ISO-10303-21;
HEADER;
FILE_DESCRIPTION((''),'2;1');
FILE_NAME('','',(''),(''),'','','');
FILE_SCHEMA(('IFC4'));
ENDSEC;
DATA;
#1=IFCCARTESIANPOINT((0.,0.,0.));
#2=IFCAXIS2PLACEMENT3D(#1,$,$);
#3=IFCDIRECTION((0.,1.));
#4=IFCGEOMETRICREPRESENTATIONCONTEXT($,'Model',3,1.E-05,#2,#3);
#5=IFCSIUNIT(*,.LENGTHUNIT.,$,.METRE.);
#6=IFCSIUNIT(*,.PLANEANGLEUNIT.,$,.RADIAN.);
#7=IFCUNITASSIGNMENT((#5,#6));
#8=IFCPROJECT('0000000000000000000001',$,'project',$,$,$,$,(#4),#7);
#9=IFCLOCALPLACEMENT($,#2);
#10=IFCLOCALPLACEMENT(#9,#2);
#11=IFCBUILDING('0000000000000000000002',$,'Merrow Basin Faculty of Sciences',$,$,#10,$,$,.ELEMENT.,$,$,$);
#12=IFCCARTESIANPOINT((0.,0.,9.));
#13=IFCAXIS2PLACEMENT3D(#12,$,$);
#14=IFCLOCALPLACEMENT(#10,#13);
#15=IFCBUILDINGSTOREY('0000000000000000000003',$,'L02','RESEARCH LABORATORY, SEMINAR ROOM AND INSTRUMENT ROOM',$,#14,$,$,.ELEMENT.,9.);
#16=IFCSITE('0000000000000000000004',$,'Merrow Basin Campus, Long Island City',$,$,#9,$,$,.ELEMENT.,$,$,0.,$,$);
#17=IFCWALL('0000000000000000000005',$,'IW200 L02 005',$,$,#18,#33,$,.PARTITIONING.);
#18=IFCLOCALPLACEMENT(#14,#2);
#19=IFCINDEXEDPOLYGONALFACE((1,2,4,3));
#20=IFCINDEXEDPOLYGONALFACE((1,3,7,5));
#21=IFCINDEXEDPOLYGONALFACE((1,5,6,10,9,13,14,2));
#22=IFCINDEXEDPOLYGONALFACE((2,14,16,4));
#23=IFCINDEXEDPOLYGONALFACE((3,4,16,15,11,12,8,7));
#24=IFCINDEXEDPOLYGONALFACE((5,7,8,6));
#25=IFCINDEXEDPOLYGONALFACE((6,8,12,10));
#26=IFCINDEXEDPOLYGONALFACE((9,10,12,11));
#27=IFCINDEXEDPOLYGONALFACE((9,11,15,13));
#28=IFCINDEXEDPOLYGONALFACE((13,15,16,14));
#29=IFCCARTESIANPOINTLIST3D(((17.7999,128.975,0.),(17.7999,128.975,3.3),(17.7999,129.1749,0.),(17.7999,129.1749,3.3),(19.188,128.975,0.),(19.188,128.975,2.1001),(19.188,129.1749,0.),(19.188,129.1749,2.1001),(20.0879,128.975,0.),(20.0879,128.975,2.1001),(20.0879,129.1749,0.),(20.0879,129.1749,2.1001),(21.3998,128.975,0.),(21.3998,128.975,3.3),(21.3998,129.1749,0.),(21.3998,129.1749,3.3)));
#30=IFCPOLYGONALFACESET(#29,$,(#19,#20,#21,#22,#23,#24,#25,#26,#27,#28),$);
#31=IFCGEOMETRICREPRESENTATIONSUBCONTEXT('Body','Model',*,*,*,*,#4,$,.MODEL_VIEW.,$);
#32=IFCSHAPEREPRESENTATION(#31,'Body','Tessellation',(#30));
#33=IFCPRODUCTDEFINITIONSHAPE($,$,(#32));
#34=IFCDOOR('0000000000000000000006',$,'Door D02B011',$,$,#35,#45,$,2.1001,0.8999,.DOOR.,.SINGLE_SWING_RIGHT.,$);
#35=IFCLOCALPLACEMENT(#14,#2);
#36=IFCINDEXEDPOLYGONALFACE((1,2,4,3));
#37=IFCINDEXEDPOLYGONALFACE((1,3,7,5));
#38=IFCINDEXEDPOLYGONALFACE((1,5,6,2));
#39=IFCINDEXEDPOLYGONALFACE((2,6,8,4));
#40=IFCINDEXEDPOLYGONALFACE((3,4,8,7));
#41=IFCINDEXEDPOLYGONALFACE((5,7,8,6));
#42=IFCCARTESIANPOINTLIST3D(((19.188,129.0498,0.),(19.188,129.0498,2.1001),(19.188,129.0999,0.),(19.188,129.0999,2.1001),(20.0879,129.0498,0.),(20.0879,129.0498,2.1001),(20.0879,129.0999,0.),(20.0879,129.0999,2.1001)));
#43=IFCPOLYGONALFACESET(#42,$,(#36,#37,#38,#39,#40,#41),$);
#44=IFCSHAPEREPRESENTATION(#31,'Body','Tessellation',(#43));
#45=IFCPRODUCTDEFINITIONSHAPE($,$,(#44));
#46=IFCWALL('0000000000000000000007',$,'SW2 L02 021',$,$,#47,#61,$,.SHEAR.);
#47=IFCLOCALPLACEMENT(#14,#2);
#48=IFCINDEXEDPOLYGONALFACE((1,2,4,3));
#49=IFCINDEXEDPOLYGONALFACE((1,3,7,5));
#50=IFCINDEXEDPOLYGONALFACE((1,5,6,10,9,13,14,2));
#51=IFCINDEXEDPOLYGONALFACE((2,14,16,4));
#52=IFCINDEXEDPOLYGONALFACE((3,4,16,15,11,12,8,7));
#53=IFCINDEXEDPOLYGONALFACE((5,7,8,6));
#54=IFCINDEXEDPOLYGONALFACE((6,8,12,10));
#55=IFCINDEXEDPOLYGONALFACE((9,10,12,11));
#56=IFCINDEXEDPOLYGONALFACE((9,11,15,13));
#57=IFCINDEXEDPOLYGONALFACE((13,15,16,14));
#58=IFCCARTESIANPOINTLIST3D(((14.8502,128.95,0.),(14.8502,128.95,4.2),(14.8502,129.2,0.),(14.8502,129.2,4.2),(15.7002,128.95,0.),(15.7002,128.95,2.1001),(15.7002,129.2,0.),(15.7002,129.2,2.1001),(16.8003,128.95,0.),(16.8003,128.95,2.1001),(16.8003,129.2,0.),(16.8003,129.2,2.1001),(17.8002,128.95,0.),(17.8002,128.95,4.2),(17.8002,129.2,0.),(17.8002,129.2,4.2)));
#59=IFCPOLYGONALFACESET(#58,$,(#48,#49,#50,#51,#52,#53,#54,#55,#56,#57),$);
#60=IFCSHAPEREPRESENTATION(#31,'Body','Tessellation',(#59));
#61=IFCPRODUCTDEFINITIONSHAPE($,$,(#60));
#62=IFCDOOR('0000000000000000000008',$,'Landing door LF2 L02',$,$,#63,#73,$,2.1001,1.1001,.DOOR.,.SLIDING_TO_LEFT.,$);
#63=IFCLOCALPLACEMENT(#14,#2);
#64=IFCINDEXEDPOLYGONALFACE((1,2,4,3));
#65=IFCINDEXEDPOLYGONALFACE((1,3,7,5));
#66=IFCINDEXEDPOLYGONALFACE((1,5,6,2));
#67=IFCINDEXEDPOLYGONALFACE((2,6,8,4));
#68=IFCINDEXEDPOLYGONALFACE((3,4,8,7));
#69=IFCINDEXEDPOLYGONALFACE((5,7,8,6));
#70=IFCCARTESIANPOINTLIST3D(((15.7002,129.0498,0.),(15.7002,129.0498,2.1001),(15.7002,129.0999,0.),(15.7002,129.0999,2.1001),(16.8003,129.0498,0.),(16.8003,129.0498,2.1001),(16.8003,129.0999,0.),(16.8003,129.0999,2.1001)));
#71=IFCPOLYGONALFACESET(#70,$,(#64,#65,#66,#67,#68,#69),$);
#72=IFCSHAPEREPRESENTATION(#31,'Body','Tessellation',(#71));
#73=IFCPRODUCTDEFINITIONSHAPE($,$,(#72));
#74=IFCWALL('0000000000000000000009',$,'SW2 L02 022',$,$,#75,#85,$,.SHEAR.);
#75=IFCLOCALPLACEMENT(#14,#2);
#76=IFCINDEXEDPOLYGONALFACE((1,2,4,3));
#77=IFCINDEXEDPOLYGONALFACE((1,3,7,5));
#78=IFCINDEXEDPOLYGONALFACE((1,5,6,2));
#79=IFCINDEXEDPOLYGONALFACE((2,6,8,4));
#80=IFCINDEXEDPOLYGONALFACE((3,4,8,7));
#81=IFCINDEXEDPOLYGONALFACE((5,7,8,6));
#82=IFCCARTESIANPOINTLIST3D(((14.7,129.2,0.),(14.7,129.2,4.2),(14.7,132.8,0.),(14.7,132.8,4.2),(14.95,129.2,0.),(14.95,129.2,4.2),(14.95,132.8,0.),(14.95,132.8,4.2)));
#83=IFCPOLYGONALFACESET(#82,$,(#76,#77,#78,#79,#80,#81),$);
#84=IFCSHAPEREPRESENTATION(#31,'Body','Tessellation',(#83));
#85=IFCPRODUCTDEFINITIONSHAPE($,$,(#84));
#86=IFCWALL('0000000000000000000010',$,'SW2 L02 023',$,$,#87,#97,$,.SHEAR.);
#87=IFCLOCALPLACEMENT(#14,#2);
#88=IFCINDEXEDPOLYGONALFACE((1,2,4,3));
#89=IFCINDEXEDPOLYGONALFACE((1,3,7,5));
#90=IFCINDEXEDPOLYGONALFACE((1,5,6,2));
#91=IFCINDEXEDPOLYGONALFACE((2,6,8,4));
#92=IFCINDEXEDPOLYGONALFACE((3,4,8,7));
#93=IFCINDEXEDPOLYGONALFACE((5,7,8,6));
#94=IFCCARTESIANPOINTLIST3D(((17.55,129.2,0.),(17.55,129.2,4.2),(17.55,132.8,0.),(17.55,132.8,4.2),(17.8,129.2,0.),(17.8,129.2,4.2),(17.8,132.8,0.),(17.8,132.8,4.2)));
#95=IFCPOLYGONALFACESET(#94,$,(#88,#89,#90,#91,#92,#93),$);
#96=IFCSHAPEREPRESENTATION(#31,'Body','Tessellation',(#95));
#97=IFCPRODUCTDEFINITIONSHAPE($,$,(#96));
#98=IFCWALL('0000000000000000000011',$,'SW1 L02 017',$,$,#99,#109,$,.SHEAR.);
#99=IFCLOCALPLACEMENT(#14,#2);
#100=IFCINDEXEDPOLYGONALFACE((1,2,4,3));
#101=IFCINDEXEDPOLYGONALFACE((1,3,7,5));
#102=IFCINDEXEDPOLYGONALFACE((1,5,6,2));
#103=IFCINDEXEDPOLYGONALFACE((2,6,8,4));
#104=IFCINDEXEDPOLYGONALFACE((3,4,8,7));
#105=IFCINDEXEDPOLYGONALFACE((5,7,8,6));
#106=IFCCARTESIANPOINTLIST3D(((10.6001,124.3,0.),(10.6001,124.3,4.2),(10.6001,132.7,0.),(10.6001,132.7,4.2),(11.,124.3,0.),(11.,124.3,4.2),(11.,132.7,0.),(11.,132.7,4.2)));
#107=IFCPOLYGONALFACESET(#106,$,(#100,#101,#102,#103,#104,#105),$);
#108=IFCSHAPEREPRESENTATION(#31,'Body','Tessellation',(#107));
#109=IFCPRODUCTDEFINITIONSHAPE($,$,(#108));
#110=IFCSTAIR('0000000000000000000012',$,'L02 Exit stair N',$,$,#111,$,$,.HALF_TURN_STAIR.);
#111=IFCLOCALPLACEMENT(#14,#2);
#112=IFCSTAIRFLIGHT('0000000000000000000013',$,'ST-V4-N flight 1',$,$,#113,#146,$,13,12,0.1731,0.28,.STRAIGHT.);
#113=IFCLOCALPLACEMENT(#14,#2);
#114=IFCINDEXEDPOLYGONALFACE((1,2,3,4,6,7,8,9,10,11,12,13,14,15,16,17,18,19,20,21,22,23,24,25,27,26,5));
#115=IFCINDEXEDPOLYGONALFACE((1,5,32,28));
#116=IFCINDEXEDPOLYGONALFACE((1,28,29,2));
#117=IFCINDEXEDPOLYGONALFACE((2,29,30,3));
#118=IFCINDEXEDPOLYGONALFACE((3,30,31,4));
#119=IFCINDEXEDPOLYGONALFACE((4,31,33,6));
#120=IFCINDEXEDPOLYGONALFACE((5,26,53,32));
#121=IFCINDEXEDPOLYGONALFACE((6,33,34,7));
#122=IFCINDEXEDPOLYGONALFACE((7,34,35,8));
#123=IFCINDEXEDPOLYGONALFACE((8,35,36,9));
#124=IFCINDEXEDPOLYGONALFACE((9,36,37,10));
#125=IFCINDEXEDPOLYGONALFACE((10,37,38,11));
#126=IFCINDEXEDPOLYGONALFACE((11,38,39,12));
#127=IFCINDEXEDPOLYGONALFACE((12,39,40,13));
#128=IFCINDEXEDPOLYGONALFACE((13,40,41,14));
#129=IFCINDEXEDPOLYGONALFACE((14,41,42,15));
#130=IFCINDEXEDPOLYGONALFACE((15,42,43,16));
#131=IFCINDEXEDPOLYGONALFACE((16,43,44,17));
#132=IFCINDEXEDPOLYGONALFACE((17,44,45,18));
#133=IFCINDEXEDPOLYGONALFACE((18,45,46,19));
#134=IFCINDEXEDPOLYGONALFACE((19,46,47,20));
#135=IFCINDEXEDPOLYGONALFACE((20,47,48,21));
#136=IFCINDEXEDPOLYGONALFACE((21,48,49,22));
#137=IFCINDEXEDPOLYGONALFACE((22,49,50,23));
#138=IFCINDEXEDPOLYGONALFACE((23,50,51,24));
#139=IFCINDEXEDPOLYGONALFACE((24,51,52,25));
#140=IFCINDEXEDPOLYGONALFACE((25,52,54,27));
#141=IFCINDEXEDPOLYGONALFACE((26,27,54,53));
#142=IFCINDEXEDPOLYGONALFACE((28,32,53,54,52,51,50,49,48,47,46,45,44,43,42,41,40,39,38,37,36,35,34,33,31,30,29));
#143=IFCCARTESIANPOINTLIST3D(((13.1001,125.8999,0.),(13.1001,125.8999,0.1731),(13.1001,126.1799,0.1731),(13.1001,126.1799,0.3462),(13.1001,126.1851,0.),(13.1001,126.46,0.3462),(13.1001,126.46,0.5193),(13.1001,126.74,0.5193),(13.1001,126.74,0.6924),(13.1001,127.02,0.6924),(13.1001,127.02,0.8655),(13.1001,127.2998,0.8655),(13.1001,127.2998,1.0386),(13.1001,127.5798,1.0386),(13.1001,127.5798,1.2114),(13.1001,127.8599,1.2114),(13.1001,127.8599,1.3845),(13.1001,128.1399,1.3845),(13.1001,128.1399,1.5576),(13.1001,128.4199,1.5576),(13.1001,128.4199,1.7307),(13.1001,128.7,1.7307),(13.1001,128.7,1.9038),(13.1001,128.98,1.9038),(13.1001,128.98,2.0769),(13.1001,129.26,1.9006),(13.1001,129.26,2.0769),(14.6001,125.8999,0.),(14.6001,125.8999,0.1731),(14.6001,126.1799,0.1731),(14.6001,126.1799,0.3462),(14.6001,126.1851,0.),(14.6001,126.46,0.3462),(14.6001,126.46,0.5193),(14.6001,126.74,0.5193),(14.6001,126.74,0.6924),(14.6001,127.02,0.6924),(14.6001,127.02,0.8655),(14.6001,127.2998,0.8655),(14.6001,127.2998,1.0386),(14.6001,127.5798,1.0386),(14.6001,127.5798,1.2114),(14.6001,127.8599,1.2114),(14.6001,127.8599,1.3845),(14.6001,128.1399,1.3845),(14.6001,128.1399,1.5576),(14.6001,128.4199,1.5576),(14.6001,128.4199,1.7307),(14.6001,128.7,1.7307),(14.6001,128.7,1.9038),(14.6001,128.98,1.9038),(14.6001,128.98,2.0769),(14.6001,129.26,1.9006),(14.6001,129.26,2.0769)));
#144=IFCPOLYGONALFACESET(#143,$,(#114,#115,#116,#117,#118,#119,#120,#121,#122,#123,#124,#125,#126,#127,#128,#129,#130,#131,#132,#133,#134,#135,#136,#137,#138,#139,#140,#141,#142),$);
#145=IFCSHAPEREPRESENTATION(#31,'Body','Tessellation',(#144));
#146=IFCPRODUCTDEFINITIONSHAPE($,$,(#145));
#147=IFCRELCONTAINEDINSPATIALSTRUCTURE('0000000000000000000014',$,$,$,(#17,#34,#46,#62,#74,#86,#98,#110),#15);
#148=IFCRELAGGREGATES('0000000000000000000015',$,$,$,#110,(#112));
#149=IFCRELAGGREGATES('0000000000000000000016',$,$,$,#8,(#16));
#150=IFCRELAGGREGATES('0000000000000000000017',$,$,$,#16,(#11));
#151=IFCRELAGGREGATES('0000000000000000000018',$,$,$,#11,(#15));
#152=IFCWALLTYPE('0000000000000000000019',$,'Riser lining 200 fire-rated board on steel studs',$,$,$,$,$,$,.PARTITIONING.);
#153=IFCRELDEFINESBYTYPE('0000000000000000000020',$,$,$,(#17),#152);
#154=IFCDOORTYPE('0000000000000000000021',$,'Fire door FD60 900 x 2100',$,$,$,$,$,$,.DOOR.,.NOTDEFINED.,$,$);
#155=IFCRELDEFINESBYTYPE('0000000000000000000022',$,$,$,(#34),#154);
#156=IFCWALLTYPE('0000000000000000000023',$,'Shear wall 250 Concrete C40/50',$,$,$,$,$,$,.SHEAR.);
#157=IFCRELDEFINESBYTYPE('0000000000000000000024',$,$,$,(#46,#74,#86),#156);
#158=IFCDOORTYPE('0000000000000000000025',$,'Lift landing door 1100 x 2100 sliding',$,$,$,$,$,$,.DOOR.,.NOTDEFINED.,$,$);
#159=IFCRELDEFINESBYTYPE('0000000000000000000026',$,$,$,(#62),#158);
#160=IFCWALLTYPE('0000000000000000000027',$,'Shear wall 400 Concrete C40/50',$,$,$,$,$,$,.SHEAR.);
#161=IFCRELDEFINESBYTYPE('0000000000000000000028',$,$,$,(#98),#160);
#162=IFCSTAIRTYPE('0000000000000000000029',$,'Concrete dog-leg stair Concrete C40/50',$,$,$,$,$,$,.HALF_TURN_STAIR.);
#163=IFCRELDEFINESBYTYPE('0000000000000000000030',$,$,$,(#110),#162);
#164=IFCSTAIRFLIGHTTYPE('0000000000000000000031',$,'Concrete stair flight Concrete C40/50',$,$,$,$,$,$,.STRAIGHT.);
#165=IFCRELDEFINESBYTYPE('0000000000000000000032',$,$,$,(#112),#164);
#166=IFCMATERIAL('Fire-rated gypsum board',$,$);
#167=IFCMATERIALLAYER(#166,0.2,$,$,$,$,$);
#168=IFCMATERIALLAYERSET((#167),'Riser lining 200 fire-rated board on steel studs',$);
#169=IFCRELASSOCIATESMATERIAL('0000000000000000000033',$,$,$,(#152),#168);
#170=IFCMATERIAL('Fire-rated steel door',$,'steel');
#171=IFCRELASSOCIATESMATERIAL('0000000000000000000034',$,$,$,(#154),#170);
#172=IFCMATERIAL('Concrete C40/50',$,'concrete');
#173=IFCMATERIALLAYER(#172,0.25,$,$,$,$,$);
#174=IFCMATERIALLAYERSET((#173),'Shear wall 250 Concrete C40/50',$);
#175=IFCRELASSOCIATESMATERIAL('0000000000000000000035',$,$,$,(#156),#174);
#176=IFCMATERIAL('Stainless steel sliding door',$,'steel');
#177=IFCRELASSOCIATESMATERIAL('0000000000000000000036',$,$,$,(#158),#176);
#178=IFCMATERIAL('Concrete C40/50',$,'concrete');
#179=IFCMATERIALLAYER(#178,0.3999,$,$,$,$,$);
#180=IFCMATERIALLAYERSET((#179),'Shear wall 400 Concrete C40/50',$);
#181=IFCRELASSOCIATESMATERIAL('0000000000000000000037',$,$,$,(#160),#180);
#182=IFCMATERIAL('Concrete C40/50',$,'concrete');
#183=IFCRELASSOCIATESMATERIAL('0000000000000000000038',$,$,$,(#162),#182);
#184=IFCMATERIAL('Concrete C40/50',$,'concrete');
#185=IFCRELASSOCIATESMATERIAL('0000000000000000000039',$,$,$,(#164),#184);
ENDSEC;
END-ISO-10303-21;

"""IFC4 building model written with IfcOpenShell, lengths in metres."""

from ifc_helpers import new_model, si_unit, direction, frame, frame_2d, origin, place, context, subcontext, project, spatial, polyline, rectangle, outline, extrude, material, layer, layer_set, type_object, element, fill, aggregate, save


model = new_model("IFC4")

# Units and contexts
model_context = context("Model", 3, precision=1e-05, world=origin(), true_north=direction((0.0, 1.0)))
body_context = subcontext(model_context, "Body", "Model", "MODEL_VIEW")
ifc_project = project(units=[si_unit("LENGTHUNIT", "METRE"), si_unit("PLANEANGLEUNIT", "RADIAN")], contexts=[model_context])

# Site, building, storey
site_placement = place(None, origin())
site = spatial("IfcSite", under=ifc_project, at=site_placement, Name="Merrow Basin Campus, Long Island City", CompositionType="ELEMENT", RefElevation=0.0)
building_placement = place(site_placement, origin())
building = spatial("IfcBuilding", under=site, at=building_placement, Name="Merrow Basin Faculty of Sciences", CompositionType="ELEMENT")
storey_placement = place(building_placement, frame((0.0, 0.0, 9.0)))
storey = spatial("IfcBuildingStorey", under=building, at=storey_placement, Name="L02", Description="RESEARCH LABORATORY, SEMINAR ROOM AND INSTRUMENT ROOM", CompositionType="ELEMENT", Elevation=9.0)

# Walls, openings, doors
ifc_material_1 = material(Name="Fire-rated gypsum board")
ifc_layer_1 = layer(ifc_material_1, 0.2)
ifc_layer_set_1 = layer_set([ifc_layer_1], Name="Riser lining 200 fire-rated board on steel studs")
wall_type_1 = type_object("IfcWallType", Name="Riser lining 200 fire-rated board on steel studs", PredefinedType="PARTITIONING", material=ifc_layer_set_1)
wall_1_placement = place(storey_placement, frame((17.8, 129.075, 0.0), z_axis=(0.0, 0.0, 1.0), x_axis=(1.0, 0.0, 0.0)))
wall_1 = element("IfcWall", 1, at=wall_1_placement, inside=storey, type_object=wall_type_1, Name="IW200 L02 005", PredefinedType="PARTITIONING", context=body_context, shape_type="SweptSolid", body=[
    extrude(rectangle(XDim=3.5999, YDim=0.2, at=frame_2d((1.7998, 0.0))), origin(), (0.0, 0.0, 1.0), 3.3),
])
opening_1_placement = place(wall_1_placement, frame((1.3879, 0.0, 0.0)))
opening_1 = element("IfcOpeningElement", 2, at=opening_1_placement, cuts=wall_1, PredefinedType="OPENING", context=body_context, shape_type="SweptSolid", body=[
    extrude(rectangle(XDim=0.8999, YDim=2.1001, at=frame_2d((0.45, 1.05))), frame((0.0, 0.1099, 0.0), z_axis=(0.0, -1.0, 0.0), x_axis=(1.0, 0.0, 0.0)), (0.0, 0.0, 1.0), 0.22),
])
ifc_material_2 = material(Name="Fire-rated steel door", Category="steel")
door_type_1 = type_object("IfcDoorType", Name="Fire door FD60 900 x 2100", OperationType="NOTDEFINED", PredefinedType="DOOR", material=ifc_material_2)
door_1_placement = place(opening_1_placement, origin())
door_1 = element("IfcDoor", 3, at=door_1_placement, inside=storey, type_object=door_type_1, Name="Door D02B011", OperationType="SINGLE_SWING_RIGHT", OverallHeight=2.1001, OverallWidth=0.8999, PredefinedType="DOOR", context=body_context, shape_type="SweptSolid", body=[
    extrude(rectangle(XDim=0.8999, YDim=2.1001, at=frame_2d((0.45, 1.05))), frame((0.0, 0.0249, 0.0), z_axis=(0.0, -1.0, 0.0), x_axis=(1.0, 0.0, 0.0)), (0.0, 0.0, 1.0), 0.05),
])
fill(opening_1, door_1)
ifc_material_3 = material(Name="Concrete C40/50", Category="concrete")
ifc_layer_2 = layer(ifc_material_3, 0.25)
ifc_layer_set_2 = layer_set([ifc_layer_2], Name="Shear wall 250 Concrete C40/50")
wall_type_2 = type_object("IfcWallType", Name="Shear wall 250 Concrete C40/50", PredefinedType="SHEAR", material=ifc_layer_set_2)
wall_2_placement = place(storey_placement, frame((14.8501, 129.075, 0.0), z_axis=(0.0, 0.0, 1.0), x_axis=(1.0, 0.0, 0.0)))
wall_2 = element("IfcWall", 4, at=wall_2_placement, inside=storey, type_object=wall_type_2, Name="SW2 L02 021", PredefinedType="SHEAR", context=body_context, shape_type="SweptSolid", body=[
    extrude(rectangle(XDim=2.95, YDim=0.25, at=frame_2d((1.4751, 0.0))), origin(), (0.0, 0.0, 1.0), 4.2),
])
opening_2_placement = place(wall_2_placement, frame((0.8501, 0.0, 0.0)))
opening_2 = element("IfcOpeningElement", 5, at=opening_2_placement, cuts=wall_2, PredefinedType="OPENING", context=body_context, shape_type="SweptSolid", body=[
    extrude(rectangle(XDim=1.1001, YDim=2.1001, at=frame_2d((0.55, 1.05))), frame((0.0, 0.135, 0.0), z_axis=(0.0, -1.0, 0.0), x_axis=(1.0, 0.0, 0.0)), (0.0, 0.0, 1.0), 0.27),
])
ifc_material_4 = material(Name="Stainless steel sliding door", Category="steel")
door_type_2 = type_object("IfcDoorType", Name="Lift landing door 1100 x 2100 sliding", OperationType="NOTDEFINED", PredefinedType="DOOR", material=ifc_material_4)
door_2_placement = place(opening_2_placement, origin())
door_2 = element("IfcDoor", 6, at=door_2_placement, inside=storey, type_object=door_type_2, Name="Landing door LF2 L02", OperationType="SLIDING_TO_LEFT", OverallHeight=2.1001, OverallWidth=1.1001, PredefinedType="DOOR", context=body_context, shape_type="SweptSolid", body=[
    extrude(rectangle(XDim=1.1001, YDim=2.1001, at=frame_2d((0.55, 1.05))), frame((0.0, 0.0249, 0.0), z_axis=(0.0, -1.0, 0.0), x_axis=(1.0, 0.0, 0.0)), (0.0, 0.0, 1.0), 0.05),
])
fill(opening_2, door_2)

# Walls
for number, where, z_axis, x_axis, name in (
    (7, (14.825, 129.2, 0.0), (0.0, 0.0, 1.0), (0.0, 1.0, 0.0), "SW2 L02 022"),
    (8, (17.675, 129.2, 0.0), (0.0, 0.0, 1.0), (0.0, 1.0, 0.0), "SW2 L02 023"),
):
    element("IfcWall", number, at=place(storey_placement, frame(where, z_axis=z_axis, x_axis=x_axis)), inside=storey, type_object=wall_type_2, Name=name, PredefinedType="SHEAR", context=body_context, shape_type="SweptSolid", body=[
        extrude(rectangle(XDim=3.6001, YDim=0.25, at=frame_2d((1.8, 0.0))), origin(), (0.0, 0.0, 1.0), 4.2),
    ])
ifc_material_5 = material(Name="Concrete C40/50", Category="concrete")
ifc_layer_3 = layer(ifc_material_5, 0.3999)
ifc_layer_set_3 = layer_set([ifc_layer_3], Name="Shear wall 400 Concrete C40/50")
wall_type_3 = type_object("IfcWallType", Name="Shear wall 400 Concrete C40/50", PredefinedType="SHEAR", material=ifc_layer_set_3)
wall_3_placement = place(storey_placement, frame((10.8, 124.3, 0.0), z_axis=(0.0, 0.0, 1.0), x_axis=(0.0, 1.0, 0.0)))
element("IfcWall", 9, at=wall_3_placement, inside=storey, type_object=wall_type_3, Name="SW1 L02 017", PredefinedType="SHEAR", context=body_context, shape_type="SweptSolid", body=[
    extrude(rectangle(XDim=8.3999, YDim=0.3999, at=frame_2d((4.2, 0.0))), origin(), (0.0, 0.0, 1.0), 4.2),
])

# Stair, stair flight
ifc_material_6 = material(Name="Concrete C40/50", Category="concrete")
stair_type = type_object("IfcStairType", Name="Concrete dog-leg stair Concrete C40/50", PredefinedType="HALF_TURN_STAIR", material=ifc_material_6)
stair_placement = place(storey_placement, origin())
stair = element("IfcStair", 10, at=stair_placement, inside=storey, type_object=stair_type, Name="L02 Exit stair N", PredefinedType="HALF_TURN_STAIR")
ifc_material_7 = material(Name="Concrete C40/50", Category="concrete")
stair_flight_type = type_object("IfcStairFlightType", Name="Concrete stair flight Concrete C40/50", PredefinedType="STRAIGHT", material=ifc_material_7)
stair_flight_1_placement = place(storey_placement, frame((13.8501, 125.8999, 0.0), z_axis=(0.0, 0.0, 1.0), x_axis=(0.0, 1.0, 0.0)))
stair_flight_1 = element("IfcStairFlight", 11, at=stair_flight_1_placement, type_object=stair_flight_type, Name="ST-V4-N flight 1", NumberOfRisers=13, NumberOfTreads=12, PredefinedType="STRAIGHT", RiserHeight=0.1731, TreadLength=0.28, context=body_context, shape_type="SweptSolid", body=[
    extrude(outline(polyline([(0.0, 0.0), (0.0, 0.1731), (0.28, 0.1731), (0.28, 0.3462), (0.5601, 0.3462), (0.5601, 0.5193), (0.8401, 0.5193), (0.8401, 0.6924), (1.1201, 0.6924), (1.1201, 0.8655), (1.3999, 0.8655), (1.3999, 1.0386), (1.6799, 1.0386), (1.6799, 1.2114), (1.96, 1.2114), (1.96, 1.3845), (2.24, 1.3845), (2.24, 1.5576), (2.52, 1.5576), (2.52, 1.7307), (2.8, 1.7307), (2.8, 1.9038), (3.0801, 1.9038), (3.0801, 2.0769), (3.3601, 2.0769), (3.3601, 2.25), (3.3601, 1.9006), (0.2852, 0.0), (0.0, 0.0)])), frame((0.0, 0.75, 0.0), z_axis=(0.0, -1.0, 0.0), x_axis=(1.0, 0.0, 0.0)), (0.0, 0.0, 1.0), 1.5),
])
aggregate(stair, [stair_flight_1])

save(model, "model.ifc")
